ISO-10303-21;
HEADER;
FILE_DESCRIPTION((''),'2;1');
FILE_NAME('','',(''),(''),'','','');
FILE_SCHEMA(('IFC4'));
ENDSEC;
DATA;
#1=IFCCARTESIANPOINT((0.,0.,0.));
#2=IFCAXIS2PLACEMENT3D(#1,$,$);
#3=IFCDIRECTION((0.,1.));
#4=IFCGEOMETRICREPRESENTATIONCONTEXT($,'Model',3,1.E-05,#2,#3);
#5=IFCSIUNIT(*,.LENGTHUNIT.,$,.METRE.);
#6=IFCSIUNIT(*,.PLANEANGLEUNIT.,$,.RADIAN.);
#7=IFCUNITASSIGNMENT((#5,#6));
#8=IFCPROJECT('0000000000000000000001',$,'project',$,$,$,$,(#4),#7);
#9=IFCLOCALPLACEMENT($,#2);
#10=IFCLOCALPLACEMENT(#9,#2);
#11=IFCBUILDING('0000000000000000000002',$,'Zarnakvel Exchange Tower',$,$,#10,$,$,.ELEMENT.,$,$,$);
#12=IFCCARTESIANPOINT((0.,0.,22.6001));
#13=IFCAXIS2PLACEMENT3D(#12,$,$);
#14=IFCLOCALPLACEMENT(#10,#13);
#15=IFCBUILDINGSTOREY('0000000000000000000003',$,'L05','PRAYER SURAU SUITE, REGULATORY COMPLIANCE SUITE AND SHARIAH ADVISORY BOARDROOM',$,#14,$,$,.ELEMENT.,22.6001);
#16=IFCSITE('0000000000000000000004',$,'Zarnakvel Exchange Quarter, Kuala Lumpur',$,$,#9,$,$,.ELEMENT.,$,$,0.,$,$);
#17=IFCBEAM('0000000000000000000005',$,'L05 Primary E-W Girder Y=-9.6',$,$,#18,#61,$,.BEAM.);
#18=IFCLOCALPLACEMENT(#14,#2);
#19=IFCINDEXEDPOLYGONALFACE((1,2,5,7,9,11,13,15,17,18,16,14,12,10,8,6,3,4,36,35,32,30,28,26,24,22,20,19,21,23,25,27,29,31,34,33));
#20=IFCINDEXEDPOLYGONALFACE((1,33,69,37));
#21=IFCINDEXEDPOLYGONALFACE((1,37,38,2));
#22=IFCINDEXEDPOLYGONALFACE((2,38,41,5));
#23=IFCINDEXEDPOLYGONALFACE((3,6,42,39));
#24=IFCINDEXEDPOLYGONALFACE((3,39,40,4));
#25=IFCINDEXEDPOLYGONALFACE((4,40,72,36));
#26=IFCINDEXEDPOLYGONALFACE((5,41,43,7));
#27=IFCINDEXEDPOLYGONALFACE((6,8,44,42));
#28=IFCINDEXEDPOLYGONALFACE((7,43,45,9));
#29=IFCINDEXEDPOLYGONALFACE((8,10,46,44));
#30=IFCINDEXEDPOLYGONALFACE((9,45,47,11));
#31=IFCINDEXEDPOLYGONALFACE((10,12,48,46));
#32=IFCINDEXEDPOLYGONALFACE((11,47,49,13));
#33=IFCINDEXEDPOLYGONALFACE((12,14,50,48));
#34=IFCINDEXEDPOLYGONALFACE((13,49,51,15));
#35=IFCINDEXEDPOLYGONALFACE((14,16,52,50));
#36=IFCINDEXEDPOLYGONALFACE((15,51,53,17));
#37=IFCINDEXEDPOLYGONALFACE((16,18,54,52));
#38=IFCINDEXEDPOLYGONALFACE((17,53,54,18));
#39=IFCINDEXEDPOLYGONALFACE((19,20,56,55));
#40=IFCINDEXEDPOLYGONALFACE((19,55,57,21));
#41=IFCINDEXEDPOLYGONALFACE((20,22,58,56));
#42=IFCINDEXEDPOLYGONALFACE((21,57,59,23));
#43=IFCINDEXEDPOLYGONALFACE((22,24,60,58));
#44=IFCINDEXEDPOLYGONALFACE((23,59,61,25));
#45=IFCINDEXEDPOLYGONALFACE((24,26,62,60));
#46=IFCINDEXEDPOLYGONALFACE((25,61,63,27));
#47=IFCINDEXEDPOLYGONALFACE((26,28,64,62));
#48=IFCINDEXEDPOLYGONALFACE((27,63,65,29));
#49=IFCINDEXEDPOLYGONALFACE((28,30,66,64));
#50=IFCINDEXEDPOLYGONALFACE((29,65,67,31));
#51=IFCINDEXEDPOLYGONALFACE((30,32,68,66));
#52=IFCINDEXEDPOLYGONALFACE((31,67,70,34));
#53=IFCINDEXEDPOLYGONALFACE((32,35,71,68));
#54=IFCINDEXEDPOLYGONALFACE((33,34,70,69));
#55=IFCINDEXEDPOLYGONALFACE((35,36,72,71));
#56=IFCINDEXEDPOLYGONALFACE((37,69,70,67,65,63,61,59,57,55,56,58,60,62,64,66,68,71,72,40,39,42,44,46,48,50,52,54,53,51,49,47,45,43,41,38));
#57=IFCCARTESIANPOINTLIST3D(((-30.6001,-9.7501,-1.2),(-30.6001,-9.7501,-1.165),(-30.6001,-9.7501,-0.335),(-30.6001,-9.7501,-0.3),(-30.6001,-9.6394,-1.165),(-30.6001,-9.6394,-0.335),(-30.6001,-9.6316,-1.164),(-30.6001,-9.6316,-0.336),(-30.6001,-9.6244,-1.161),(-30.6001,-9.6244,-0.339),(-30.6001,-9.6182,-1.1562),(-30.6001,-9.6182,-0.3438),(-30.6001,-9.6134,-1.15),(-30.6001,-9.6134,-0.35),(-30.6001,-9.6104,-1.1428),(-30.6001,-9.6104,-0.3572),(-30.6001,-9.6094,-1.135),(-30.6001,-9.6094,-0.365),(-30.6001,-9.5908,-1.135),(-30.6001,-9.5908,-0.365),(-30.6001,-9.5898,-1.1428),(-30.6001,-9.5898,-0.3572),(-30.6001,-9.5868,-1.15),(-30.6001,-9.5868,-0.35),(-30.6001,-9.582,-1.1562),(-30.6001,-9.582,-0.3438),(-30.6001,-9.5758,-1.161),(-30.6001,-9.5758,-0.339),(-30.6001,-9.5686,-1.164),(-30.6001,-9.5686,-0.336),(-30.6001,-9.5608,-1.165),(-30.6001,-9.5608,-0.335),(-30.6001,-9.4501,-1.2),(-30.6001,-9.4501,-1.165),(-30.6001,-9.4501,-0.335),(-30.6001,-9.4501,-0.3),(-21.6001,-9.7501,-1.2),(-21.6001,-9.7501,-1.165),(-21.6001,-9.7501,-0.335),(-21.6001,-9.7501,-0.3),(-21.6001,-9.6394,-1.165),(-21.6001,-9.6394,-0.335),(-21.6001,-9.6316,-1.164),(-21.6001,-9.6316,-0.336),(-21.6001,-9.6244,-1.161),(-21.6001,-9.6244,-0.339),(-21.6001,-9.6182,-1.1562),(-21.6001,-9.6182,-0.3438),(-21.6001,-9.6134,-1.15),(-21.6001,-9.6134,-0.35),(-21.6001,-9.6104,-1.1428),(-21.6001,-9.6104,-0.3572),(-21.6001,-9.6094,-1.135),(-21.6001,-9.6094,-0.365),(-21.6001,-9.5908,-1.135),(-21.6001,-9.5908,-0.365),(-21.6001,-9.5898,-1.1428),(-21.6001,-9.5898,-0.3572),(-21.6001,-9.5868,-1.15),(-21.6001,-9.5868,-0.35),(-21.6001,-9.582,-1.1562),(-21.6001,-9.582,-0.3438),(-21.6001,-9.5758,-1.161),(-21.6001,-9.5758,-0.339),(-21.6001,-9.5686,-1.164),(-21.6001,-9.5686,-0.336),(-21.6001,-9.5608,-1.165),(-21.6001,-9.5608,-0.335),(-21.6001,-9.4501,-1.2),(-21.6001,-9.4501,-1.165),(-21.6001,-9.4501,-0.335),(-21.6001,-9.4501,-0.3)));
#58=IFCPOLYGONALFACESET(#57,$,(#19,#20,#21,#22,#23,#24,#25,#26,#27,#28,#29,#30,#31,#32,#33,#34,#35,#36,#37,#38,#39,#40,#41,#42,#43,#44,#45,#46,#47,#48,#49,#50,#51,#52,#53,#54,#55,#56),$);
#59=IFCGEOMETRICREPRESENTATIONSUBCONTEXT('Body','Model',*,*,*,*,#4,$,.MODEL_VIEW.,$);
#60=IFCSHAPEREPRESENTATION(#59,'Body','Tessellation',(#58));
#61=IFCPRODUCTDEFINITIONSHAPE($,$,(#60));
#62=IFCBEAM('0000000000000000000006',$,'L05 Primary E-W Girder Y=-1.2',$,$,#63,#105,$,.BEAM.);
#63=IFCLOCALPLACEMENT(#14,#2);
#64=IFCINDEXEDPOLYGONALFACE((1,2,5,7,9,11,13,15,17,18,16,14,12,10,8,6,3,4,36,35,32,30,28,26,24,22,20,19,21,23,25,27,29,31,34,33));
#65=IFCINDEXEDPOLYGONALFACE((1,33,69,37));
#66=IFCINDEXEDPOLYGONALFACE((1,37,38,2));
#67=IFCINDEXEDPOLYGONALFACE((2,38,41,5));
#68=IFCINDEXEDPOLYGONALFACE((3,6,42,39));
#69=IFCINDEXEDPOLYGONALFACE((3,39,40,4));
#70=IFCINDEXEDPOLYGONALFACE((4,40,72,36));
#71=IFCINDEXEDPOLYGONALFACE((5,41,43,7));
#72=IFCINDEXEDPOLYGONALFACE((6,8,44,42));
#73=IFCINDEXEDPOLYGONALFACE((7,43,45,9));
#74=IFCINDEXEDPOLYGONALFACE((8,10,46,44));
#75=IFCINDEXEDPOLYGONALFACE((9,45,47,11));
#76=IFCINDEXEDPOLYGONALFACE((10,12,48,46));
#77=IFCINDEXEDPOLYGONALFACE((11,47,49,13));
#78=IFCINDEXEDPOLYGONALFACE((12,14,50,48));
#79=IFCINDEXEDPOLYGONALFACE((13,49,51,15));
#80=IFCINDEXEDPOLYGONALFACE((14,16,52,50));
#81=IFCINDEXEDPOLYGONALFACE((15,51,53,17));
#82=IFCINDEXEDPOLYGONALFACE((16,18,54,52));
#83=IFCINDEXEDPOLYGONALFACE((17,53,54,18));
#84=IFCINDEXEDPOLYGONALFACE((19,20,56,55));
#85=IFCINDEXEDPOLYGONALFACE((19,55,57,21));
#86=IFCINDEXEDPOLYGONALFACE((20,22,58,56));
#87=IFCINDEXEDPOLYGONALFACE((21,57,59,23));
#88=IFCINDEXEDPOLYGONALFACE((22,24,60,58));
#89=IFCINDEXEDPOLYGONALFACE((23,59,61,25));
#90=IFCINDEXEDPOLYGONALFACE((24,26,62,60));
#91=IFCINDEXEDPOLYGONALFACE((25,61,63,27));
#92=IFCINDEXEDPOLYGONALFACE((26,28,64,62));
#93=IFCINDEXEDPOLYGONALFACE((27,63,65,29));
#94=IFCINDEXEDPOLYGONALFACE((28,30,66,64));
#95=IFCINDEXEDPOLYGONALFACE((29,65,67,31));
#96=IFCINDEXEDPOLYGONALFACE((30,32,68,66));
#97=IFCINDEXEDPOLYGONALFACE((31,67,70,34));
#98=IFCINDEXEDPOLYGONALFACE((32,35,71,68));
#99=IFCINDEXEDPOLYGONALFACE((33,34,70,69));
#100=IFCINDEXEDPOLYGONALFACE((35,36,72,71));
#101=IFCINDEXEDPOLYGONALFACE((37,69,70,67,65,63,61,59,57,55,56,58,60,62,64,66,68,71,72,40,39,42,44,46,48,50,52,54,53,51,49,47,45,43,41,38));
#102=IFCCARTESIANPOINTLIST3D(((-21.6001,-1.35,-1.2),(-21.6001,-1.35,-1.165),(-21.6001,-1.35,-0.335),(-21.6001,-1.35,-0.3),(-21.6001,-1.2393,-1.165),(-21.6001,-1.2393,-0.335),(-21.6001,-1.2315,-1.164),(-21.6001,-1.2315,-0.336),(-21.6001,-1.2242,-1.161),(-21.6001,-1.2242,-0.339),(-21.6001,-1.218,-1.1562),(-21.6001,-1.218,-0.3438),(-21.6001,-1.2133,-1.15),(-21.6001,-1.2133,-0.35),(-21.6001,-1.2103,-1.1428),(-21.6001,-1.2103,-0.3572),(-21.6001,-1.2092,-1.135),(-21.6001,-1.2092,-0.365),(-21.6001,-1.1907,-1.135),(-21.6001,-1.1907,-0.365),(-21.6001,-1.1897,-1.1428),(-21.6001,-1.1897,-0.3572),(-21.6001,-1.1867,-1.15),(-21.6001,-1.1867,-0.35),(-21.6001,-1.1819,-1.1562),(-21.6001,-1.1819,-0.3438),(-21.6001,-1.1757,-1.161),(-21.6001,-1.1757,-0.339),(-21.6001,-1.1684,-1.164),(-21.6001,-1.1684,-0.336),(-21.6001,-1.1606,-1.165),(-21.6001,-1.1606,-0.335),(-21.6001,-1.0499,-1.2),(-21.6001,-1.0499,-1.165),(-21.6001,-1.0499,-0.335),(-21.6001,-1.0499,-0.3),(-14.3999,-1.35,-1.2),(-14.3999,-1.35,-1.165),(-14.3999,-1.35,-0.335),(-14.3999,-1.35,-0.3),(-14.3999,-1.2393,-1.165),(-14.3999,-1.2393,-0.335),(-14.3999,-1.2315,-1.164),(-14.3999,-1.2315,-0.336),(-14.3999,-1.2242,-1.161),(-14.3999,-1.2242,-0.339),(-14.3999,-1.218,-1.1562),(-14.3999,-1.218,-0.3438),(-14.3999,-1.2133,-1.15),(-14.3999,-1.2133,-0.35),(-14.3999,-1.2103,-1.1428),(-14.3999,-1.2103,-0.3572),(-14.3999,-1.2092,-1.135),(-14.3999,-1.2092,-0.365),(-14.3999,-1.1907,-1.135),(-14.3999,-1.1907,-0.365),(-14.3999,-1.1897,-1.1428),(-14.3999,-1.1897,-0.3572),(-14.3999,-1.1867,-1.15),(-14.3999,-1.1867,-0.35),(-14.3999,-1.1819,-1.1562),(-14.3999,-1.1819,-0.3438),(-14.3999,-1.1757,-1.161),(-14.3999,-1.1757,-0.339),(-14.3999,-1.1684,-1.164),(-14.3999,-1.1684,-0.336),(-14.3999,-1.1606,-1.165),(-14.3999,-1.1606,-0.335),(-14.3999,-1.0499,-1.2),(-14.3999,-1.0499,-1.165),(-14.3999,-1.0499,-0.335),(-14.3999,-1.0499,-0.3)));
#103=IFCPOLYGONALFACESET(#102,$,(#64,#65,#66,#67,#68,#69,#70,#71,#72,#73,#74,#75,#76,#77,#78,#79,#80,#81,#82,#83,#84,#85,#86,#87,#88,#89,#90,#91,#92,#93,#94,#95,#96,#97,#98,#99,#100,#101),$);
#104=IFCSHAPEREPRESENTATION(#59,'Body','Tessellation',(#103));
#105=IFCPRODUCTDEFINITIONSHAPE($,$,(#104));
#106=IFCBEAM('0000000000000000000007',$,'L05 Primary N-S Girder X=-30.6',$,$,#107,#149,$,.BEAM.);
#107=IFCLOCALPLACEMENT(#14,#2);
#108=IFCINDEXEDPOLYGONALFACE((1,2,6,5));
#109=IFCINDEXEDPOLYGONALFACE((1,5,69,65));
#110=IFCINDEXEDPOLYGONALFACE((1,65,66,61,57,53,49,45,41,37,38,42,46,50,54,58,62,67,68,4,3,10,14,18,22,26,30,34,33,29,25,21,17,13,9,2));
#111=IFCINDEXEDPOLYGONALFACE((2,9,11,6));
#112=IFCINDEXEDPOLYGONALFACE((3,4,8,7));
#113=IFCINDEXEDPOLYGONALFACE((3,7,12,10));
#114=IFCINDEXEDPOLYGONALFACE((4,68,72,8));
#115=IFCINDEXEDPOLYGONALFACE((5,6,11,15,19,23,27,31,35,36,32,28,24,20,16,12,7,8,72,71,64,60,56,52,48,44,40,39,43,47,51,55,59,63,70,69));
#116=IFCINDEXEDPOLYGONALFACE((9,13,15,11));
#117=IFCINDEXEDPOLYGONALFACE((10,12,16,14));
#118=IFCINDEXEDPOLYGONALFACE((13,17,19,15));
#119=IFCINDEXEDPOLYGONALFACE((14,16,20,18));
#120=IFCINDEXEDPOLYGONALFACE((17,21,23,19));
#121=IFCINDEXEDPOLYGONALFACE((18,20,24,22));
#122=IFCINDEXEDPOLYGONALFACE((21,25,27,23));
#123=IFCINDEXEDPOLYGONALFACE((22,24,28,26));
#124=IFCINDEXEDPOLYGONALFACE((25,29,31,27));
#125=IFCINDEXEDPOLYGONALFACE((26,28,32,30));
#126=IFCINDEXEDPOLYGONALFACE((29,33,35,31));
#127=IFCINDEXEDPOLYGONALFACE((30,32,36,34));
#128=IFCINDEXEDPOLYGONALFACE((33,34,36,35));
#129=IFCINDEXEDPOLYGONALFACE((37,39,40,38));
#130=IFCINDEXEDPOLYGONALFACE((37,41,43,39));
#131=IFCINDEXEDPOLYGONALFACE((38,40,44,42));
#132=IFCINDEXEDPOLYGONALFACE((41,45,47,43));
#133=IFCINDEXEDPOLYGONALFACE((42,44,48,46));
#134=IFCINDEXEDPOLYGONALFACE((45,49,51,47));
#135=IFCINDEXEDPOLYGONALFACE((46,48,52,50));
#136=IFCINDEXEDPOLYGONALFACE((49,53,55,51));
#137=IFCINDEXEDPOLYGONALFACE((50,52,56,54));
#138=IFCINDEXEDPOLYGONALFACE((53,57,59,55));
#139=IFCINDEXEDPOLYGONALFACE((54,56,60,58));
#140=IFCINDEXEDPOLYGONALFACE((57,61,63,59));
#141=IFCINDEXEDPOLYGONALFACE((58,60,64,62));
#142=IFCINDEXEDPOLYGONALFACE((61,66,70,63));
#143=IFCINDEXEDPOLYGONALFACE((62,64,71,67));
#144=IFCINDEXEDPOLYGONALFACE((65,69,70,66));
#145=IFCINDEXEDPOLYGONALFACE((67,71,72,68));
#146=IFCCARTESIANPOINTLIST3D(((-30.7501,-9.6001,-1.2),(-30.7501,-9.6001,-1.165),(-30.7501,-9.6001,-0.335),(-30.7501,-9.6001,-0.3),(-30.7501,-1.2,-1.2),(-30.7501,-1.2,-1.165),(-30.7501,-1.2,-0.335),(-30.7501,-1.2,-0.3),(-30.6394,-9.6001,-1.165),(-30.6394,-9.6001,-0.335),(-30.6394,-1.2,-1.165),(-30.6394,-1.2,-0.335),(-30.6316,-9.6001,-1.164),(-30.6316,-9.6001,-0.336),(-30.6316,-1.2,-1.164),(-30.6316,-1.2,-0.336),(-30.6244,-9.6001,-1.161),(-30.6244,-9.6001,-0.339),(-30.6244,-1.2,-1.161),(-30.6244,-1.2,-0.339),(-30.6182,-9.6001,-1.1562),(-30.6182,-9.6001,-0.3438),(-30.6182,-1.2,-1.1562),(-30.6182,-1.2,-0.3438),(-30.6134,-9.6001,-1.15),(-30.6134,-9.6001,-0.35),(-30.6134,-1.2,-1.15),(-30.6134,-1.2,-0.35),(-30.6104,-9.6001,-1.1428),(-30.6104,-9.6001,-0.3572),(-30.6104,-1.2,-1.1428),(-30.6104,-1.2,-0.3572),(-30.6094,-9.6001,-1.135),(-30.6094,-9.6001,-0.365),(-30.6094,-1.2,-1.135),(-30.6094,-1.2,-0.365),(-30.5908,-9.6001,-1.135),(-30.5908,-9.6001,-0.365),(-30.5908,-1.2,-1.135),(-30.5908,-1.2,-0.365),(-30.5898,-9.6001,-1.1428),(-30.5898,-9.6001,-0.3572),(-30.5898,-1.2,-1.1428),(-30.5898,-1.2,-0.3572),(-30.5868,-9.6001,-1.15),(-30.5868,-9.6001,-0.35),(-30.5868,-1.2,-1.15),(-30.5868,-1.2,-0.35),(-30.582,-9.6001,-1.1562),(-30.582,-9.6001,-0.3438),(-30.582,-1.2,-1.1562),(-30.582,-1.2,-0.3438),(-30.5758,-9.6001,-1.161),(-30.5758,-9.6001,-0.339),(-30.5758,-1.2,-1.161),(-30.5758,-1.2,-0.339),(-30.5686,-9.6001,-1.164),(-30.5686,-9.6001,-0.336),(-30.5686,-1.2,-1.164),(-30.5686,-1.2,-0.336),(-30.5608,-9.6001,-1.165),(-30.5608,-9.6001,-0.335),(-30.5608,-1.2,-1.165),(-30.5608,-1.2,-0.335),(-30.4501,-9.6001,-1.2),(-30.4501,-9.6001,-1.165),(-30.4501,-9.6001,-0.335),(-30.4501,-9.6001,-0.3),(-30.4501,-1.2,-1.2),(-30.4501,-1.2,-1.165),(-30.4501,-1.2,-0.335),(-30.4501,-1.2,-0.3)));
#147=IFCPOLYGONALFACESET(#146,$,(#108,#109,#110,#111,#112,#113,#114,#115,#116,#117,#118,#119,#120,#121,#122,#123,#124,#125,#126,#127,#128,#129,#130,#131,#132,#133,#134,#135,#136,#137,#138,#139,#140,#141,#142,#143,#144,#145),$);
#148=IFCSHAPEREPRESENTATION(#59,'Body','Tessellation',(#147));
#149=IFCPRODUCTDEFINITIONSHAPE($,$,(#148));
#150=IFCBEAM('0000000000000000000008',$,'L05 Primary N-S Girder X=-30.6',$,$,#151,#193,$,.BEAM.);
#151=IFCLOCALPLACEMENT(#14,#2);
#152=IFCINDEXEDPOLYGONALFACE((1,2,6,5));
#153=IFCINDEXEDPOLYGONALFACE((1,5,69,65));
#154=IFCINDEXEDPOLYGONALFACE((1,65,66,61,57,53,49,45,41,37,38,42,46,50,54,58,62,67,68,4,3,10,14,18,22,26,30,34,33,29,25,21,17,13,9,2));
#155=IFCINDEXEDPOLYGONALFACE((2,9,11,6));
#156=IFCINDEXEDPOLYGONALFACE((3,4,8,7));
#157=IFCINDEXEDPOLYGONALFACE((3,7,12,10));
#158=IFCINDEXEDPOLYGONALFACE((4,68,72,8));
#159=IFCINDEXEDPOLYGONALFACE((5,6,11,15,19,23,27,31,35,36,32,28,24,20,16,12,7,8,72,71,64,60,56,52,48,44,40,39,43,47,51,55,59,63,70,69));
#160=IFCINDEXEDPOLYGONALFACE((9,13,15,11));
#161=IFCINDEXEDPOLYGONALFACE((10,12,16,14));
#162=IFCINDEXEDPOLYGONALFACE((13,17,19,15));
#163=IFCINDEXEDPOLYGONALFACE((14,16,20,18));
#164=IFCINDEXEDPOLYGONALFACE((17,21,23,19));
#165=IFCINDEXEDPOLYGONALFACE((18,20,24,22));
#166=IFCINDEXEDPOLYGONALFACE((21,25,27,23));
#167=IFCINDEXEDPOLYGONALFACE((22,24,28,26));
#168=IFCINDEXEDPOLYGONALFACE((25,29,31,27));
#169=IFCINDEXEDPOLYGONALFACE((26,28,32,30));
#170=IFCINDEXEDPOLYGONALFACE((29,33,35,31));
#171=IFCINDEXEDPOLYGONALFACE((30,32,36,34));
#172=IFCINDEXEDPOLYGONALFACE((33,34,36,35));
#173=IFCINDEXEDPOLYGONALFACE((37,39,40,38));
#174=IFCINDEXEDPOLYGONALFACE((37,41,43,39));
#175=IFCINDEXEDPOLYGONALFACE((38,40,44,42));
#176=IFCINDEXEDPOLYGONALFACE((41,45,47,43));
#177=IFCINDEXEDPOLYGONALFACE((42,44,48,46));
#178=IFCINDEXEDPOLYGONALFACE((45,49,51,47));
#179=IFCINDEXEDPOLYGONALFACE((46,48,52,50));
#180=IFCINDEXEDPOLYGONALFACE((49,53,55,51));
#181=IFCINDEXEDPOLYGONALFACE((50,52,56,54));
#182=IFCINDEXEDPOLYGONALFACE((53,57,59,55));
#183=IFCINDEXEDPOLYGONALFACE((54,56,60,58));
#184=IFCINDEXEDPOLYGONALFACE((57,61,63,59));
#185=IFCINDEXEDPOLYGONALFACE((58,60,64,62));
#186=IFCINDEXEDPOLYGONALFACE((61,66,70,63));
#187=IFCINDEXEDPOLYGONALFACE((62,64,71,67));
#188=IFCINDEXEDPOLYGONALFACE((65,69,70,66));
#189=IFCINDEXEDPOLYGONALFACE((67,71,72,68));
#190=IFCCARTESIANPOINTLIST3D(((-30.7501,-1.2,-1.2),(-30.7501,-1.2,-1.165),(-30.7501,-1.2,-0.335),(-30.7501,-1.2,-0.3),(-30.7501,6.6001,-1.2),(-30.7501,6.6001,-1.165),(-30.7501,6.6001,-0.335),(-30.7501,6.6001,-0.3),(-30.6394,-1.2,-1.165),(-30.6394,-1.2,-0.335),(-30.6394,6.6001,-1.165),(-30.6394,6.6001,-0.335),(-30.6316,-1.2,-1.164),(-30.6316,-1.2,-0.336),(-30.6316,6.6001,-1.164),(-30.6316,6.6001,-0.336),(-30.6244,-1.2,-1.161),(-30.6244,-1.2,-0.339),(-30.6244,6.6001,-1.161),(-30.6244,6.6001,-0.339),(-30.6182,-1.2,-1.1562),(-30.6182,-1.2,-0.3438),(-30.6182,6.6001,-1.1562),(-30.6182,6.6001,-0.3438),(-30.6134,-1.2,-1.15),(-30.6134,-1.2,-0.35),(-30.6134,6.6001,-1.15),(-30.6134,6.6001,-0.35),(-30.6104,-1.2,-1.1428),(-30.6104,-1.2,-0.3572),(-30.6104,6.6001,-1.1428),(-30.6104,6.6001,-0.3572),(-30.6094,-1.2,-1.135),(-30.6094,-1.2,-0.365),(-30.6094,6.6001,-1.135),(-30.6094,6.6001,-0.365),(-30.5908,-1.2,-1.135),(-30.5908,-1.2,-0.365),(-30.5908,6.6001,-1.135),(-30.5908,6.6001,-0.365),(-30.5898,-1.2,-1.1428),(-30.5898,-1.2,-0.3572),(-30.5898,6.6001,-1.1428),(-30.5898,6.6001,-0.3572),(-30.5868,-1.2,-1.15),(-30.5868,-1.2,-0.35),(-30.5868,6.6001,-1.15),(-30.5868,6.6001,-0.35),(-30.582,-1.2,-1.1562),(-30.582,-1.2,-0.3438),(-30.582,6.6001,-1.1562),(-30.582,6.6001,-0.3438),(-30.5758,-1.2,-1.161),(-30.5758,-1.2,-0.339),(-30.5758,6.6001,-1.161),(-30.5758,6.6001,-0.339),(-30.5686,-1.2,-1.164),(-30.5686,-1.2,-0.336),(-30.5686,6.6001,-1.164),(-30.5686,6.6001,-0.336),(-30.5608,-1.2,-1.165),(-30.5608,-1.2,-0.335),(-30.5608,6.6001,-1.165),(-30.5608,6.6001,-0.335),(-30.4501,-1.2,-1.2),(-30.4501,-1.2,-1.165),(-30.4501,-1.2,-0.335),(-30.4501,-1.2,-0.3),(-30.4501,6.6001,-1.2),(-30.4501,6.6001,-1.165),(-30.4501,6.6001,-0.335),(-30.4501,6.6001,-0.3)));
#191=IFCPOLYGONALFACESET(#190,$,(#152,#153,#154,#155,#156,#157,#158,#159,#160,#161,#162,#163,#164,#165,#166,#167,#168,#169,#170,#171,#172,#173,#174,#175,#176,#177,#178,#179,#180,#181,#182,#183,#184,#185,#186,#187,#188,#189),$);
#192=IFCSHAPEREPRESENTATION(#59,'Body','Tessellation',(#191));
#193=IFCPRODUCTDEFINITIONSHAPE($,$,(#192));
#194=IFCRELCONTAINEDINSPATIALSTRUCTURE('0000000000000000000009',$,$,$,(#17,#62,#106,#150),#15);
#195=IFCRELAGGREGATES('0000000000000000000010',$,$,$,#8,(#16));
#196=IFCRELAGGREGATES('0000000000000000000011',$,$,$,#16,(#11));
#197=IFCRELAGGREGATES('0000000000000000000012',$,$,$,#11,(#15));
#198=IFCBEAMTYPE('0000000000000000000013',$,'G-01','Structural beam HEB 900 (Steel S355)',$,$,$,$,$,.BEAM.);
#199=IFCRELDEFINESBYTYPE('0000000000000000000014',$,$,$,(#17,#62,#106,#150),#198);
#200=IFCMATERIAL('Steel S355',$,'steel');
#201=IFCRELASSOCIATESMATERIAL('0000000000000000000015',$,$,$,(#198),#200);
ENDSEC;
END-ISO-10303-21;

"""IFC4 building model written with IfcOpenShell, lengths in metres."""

from ifc_helpers import new_model, si_unit, direction, frame, origin, origin_2d, place, context, subcontext, project, spatial, i_section, extrude, material, material_profile, profile_set, type_object, element, save


model = new_model("IFC4")

# Units and contexts
model_context = context("Model", 3, precision=1e-05, world=origin(), true_north=direction((0.0, 1.0)))
body_context = subcontext(model_context, "Body", "Model", "MODEL_VIEW")
ifc_project = project(units=[si_unit("LENGTHUNIT", "METRE"), si_unit("PLANEANGLEUNIT", "RADIAN")], contexts=[model_context])

# Site, building, storey
site_placement = place(None, origin())
site = spatial("IfcSite", under=ifc_project, at=site_placement, Name="Zarnakvel Exchange Quarter, Kuala Lumpur", CompositionType="ELEMENT", RefElevation=0.0)
building_placement = place(site_placement, origin())
building = spatial("IfcBuilding", under=site, at=building_placement, Name="Zarnakvel Exchange Tower", CompositionType="ELEMENT")
storey_placement = place(building_placement, frame((0.0, 0.0, 22.6001)))
storey = spatial("IfcBuildingStorey", under=building, at=storey_placement, Name="L05", Description="PRAYER SURAU SUITE, REGULATORY COMPLIANCE SUITE AND SHARIAH ADVISORY BOARDROOM", CompositionType="ELEMENT", Elevation=22.6001)

# Beams
ifc_material_1 = material(Name="Steel S355", Category="steel")
ifc_material_profile_1 = material_profile(ifc_material_1, i_section(OverallWidth=0.3, OverallDepth=0.8999, WebThickness=0.0186, FlangeThickness=0.0349, FilletRadius=0.03, at=origin_2d()))
ifc_profile_set_1 = profile_set([ifc_material_profile_1], Name="Steel S355")
beam_type_1 = type_object("IfcBeamType", Name="G-01", Description="Structural beam HEB 900 (Steel S355)", PredefinedType="BEAM", material=ifc_profile_set_1)
beam_1_placement = place(storey_placement, frame((-30.6001, -9.6001, -0.75), z_axis=(1.0, 0.0, 0.0), x_axis=(0.0, 1.0, 0.0)))
element("IfcBeam", 1, at=beam_1_placement, inside=storey, type_object=beam_type_1, Name="L05 Primary E-W Girder Y=-9.6", PredefinedType="BEAM", context=body_context, shape_type="SweptSolid", body=[
    extrude(i_section(OverallWidth=0.3, OverallDepth=0.8999, WebThickness=0.0186, FlangeThickness=0.0349, FilletRadius=0.03, at=origin_2d()), origin(), (0.0, 0.0, 1.0), 9.0),
])
beam_2_placement = place(storey_placement, frame((-21.6001, -1.2, -0.75), z_axis=(1.0, 0.0, 0.0), x_axis=(0.0, 1.0, 0.0)))
element("IfcBeam", 2, at=beam_2_placement, inside=storey, type_object=beam_type_1, Name="L05 Primary E-W Girder Y=-1.2", PredefinedType="BEAM", context=body_context, shape_type="SweptSolid", body=[
    extrude(i_section(OverallWidth=0.3, OverallDepth=0.8999, WebThickness=0.0186, FlangeThickness=0.0349, FilletRadius=0.03, at=origin_2d()), origin(), (0.0, 0.0, 1.0), 7.2002),
])
beam_3_placement = place(storey_placement, frame((-30.6001, -9.6001, -0.75), z_axis=(0.0, 1.0, 0.0), x_axis=(-1.0, 0.0, 0.0)))
element("IfcBeam", 3, at=beam_3_placement, inside=storey, type_object=beam_type_1, Name="L05 Primary N-S Girder X=-30.6", PredefinedType="BEAM", context=body_context, shape_type="SweptSolid", body=[
    extrude(i_section(OverallWidth=0.3, OverallDepth=0.8999, WebThickness=0.0186, FlangeThickness=0.0349, FilletRadius=0.03, at=origin_2d()), origin(), (0.0, 0.0, 1.0), 8.4001),
])
beam_4_placement = place(storey_placement, frame((-30.6001, -1.2, -0.75), z_axis=(0.0, 1.0, 0.0), x_axis=(-1.0, 0.0, 0.0)))
element("IfcBeam", 4, at=beam_4_placement, inside=storey, type_object=beam_type_1, Name="L05 Primary N-S Girder X=-30.6", PredefinedType="BEAM", context=body_context, shape_type="SweptSolid", body=[
    extrude(i_section(OverallWidth=0.3, OverallDepth=0.8999, WebThickness=0.0186, FlangeThickness=0.0349, FilletRadius=0.03, at=origin_2d()), origin(), (0.0, 0.0, 1.0), 7.8),
])

save(model, "model.ifc")
